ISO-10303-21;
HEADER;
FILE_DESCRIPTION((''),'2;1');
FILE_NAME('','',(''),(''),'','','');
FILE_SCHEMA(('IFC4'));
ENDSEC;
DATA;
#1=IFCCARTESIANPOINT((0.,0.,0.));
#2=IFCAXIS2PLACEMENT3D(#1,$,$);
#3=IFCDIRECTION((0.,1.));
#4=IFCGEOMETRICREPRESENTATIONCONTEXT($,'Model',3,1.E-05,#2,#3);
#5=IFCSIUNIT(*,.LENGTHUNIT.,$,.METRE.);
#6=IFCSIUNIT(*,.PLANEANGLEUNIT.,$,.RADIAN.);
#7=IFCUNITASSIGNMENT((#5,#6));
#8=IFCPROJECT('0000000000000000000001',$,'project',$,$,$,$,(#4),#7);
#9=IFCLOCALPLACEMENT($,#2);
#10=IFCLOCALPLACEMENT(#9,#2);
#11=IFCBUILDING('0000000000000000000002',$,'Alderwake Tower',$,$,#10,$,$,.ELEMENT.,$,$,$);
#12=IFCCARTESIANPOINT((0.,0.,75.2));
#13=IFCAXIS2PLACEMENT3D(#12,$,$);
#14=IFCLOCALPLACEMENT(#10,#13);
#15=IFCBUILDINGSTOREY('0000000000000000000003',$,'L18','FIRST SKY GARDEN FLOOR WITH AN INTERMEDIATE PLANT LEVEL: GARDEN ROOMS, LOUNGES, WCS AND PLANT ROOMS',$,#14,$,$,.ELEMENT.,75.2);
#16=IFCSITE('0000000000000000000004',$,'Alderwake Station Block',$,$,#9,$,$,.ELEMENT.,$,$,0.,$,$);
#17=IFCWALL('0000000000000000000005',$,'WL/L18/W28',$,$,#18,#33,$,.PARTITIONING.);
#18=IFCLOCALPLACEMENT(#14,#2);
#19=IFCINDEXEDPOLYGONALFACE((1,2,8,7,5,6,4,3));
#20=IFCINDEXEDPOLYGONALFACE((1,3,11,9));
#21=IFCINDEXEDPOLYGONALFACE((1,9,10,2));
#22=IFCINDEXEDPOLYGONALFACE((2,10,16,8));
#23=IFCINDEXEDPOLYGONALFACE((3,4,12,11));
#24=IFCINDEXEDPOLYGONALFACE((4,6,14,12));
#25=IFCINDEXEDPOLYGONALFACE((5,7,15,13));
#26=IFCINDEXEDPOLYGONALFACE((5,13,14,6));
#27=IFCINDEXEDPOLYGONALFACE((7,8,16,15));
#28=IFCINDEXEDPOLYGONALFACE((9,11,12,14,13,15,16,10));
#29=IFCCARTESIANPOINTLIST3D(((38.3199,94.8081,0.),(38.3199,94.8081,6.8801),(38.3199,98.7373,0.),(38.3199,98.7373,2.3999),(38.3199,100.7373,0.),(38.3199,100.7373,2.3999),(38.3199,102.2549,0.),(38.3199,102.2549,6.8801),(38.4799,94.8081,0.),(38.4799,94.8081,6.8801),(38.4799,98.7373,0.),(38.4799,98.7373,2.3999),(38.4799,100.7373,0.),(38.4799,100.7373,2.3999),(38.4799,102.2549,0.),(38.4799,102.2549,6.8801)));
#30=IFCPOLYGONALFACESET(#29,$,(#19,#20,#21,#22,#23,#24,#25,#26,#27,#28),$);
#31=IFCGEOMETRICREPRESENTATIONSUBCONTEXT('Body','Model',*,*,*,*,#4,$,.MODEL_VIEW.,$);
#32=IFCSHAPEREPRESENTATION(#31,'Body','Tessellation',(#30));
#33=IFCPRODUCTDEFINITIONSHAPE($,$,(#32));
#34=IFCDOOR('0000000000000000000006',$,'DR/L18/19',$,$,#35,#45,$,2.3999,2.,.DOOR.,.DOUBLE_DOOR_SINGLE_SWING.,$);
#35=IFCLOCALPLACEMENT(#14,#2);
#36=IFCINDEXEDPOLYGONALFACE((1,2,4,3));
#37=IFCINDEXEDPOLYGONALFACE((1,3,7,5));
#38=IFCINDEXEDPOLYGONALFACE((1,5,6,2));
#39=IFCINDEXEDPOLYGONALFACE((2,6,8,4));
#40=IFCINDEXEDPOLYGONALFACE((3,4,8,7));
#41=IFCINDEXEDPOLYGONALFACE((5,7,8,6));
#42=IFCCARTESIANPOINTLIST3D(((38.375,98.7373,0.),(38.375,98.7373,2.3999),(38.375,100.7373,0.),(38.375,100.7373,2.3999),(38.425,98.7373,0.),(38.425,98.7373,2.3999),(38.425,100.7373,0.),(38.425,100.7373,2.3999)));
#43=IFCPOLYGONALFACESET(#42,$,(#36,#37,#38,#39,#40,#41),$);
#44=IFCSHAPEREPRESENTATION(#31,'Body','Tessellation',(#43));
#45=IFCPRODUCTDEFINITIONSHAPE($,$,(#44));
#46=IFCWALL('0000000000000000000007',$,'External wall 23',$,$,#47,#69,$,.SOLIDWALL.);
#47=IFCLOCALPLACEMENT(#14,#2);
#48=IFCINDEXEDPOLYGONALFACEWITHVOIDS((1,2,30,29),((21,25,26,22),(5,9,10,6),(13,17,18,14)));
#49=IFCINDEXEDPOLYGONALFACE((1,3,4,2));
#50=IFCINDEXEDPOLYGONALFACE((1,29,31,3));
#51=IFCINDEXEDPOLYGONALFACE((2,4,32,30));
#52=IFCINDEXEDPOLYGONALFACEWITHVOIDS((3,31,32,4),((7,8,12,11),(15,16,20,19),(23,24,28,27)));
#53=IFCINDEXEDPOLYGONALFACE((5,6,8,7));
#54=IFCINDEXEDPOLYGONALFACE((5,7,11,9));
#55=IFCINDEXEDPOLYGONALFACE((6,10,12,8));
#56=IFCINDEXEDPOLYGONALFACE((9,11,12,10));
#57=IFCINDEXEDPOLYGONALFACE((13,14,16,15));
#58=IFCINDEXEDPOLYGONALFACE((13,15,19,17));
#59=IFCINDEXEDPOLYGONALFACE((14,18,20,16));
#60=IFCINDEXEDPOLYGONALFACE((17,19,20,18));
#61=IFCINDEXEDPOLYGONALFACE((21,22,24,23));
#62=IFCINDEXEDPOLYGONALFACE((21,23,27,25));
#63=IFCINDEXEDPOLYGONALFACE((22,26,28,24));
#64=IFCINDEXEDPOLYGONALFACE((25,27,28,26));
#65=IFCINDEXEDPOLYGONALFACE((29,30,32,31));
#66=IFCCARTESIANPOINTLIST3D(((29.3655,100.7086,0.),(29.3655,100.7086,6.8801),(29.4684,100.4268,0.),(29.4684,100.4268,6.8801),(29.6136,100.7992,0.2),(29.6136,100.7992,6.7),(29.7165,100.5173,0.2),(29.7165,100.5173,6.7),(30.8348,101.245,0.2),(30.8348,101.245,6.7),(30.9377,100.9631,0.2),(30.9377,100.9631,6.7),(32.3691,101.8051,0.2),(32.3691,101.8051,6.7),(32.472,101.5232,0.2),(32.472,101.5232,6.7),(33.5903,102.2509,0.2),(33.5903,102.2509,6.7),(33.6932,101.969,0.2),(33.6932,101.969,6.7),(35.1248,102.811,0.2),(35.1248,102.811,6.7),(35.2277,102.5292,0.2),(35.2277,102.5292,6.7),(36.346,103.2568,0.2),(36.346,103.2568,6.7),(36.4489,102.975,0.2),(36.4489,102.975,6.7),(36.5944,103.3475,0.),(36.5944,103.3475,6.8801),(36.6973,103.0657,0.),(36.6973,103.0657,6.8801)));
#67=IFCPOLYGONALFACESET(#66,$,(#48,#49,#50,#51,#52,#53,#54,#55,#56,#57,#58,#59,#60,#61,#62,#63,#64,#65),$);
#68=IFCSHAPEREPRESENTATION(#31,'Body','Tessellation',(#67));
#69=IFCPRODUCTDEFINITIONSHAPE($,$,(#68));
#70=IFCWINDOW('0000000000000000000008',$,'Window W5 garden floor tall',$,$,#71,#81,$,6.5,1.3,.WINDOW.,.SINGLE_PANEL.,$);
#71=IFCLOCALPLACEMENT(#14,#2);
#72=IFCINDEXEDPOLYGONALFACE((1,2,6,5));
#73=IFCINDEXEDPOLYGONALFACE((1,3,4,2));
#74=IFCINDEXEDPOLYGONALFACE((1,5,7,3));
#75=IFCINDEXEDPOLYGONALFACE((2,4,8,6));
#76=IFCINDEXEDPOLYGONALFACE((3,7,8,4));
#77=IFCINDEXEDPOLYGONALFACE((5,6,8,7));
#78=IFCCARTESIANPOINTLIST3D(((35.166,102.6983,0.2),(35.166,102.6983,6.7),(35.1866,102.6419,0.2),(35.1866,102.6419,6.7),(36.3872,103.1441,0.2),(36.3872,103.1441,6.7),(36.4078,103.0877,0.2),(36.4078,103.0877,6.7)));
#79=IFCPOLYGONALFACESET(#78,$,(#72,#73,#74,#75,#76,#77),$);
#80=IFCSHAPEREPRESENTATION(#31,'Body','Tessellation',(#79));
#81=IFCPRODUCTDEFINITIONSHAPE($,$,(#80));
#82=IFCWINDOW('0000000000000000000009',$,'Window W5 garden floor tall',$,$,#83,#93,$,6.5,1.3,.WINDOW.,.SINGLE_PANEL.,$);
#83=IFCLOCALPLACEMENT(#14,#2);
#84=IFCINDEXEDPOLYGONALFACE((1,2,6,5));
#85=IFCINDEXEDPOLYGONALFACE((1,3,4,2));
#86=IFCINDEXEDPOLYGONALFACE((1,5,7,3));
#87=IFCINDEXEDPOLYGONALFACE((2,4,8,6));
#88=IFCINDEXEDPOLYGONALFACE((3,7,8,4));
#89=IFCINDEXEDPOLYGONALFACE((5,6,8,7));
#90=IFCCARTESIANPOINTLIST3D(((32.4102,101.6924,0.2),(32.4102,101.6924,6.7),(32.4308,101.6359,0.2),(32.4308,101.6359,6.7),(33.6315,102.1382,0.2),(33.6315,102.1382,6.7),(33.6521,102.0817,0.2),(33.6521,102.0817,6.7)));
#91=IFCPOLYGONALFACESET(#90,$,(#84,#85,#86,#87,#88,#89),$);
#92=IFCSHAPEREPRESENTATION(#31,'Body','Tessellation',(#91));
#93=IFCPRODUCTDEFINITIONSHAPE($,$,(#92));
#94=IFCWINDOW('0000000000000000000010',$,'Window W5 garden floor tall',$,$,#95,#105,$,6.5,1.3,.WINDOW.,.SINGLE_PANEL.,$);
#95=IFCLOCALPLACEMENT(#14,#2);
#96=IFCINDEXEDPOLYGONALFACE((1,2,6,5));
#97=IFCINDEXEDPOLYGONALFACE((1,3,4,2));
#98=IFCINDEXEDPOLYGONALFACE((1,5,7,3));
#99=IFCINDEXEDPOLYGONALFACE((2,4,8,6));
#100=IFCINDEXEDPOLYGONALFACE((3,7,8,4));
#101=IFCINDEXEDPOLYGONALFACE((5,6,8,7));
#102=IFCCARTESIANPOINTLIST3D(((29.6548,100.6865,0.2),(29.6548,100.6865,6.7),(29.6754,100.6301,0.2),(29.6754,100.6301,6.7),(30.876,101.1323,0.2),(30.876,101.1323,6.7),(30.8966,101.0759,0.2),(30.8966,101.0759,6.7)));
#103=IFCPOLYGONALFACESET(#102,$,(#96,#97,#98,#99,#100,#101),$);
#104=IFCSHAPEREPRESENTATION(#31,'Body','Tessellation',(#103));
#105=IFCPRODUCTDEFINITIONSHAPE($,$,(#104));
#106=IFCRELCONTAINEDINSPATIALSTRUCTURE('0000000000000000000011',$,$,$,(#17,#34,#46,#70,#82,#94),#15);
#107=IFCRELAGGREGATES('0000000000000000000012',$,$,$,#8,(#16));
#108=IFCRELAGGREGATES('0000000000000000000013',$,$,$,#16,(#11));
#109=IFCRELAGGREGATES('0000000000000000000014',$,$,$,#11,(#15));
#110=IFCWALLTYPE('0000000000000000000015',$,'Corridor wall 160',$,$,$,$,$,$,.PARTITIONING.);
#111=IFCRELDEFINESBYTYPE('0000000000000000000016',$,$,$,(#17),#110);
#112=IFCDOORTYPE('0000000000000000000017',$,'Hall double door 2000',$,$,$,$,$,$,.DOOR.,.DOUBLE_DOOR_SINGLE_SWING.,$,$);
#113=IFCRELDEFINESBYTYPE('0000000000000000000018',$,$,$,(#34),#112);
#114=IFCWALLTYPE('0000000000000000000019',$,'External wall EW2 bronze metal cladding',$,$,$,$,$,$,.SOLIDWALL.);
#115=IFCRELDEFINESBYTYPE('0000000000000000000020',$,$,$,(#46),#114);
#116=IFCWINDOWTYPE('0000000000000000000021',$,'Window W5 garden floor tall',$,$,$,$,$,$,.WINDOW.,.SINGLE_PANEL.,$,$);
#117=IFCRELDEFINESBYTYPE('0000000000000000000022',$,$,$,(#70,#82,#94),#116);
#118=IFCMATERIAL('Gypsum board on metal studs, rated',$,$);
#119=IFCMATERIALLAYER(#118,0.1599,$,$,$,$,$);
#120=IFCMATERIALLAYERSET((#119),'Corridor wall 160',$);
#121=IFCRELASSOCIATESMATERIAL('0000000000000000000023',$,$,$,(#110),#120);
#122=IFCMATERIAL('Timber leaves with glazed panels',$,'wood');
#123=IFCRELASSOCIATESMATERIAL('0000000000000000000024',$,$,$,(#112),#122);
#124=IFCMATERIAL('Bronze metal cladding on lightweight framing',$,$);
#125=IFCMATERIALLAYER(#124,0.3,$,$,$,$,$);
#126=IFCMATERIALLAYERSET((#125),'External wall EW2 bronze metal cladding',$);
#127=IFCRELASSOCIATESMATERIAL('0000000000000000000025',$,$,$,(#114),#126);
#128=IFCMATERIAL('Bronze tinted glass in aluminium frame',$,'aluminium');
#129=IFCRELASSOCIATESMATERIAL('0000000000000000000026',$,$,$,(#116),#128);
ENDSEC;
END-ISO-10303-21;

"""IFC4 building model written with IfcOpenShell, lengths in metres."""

from ifc_helpers import new_model, si_unit, direction, frame, frame_2d, origin, place, context, subcontext, project, spatial, rectangle, extrude, material, layer, layer_set, type_object, element, fill, save


model = new_model("IFC4")

# Units and contexts
model_context = context("Model", 3, precision=1e-05, world=origin(), true_north=direction((0.0, 1.0)))
body_context = subcontext(model_context, "Body", "Model", "MODEL_VIEW")
ifc_project = project(units=[si_unit("LENGTHUNIT", "METRE"), si_unit("PLANEANGLEUNIT", "RADIAN")], contexts=[model_context])

# Site, building, storey
site_placement = place(None, origin())
site = spatial("IfcSite", under=ifc_project, at=site_placement, Name="Alderwake Station Block", CompositionType="ELEMENT", RefElevation=0.0)
building_placement = place(site_placement, origin())
building = spatial("IfcBuilding", under=site, at=building_placement, Name="Alderwake Tower", CompositionType="ELEMENT")
storey_placement = place(building_placement, frame((0.0, 0.0, 75.2)))
storey = spatial("IfcBuildingStorey", under=building, at=storey_placement, Name="L18", Description="FIRST SKY GARDEN FLOOR WITH AN INTERMEDIATE PLANT LEVEL: GARDEN ROOMS, LOUNGES, WCS AND PLANT ROOMS", CompositionType="ELEMENT", Elevation=75.2)

# Shared definitions
ifc_material_1 = material(Name="Gypsum board on metal studs, rated")
ifc_layer_1 = layer(ifc_material_1, 0.1599)
ifc_layer_set_1 = layer_set([ifc_layer_1], Name="Corridor wall 160")
wall_type_1 = type_object("IfcWallType", Name="Corridor wall 160", PredefinedType="PARTITIONING", material=ifc_layer_set_1)

# Wall, opening, door
wall_1_placement = place(storey_placement, frame((38.3999, 94.8081, 0.0), z_axis=(0.0, 0.0, 1.0), x_axis=(0.0, 1.0, 0.0)))
wall_1 = element("IfcWall", 1, at=wall_1_placement, inside=storey, type_object=wall_type_1, Name="WL/L18/W28", PredefinedType="PARTITIONING", context=body_context, shape_type="SweptSolid", body=[
    extrude(rectangle(XDim=7.4468, YDim=0.1599, at=frame_2d((3.7234, 0.0))), origin(), (0.0, 0.0, 1.0), 6.8801),
])
opening_1_placement = place(wall_1_placement, frame((3.9292, 0.0, 0.0)))
opening_1 = element("IfcOpeningElement", 2, at=opening_1_placement, cuts=wall_1, PredefinedType="OPENING", context=body_context, shape_type="SweptSolid", body=[
    extrude(rectangle(XDim=2.0, YDim=2.3999, at=frame_2d((1.0, 1.2))), frame((0.0, 0.0898, 0.0), z_axis=(0.0, -1.0, 0.0), x_axis=(1.0, 0.0, 0.0)), (0.0, 0.0, 1.0), 0.1799),
])
ifc_material_2 = material(Name="Timber leaves with glazed panels", Category="wood")
door_type_1 = type_object("IfcDoorType", Name="Hall double door 2000", OperationType="DOUBLE_DOOR_SINGLE_SWING", PredefinedType="DOOR", material=ifc_material_2)
door_1_placement = place(opening_1_placement, origin())
door_1 = element("IfcDoor", 3, at=door_1_placement, inside=storey, type_object=door_type_1, Name="DR/L18/19", OperationType="DOUBLE_DOOR_SINGLE_SWING", OverallHeight=2.3999, OverallWidth=2.0, PredefinedType="DOOR", context=body_context, shape_type="SweptSolid", body=[
    extrude(rectangle(XDim=2.0, YDim=2.3999, at=frame_2d((1.0, 1.2))), frame((0.0, 0.0249, 0.0), z_axis=(0.0, -1.0, 0.0), x_axis=(1.0, 0.0, 0.0)), (0.0, 0.0, 1.0), 0.05),
])
fill(opening_1, door_1)

# Wall, openings, windows
ifc_material_3 = material(Name="Bronze metal cladding on lightweight framing")
ifc_layer_2 = layer(ifc_material_3, 0.3)
ifc_layer_set_2 = layer_set([ifc_layer_2], Name="External wall EW2 bronze metal cladding")
wall_type_2 = type_object("IfcWallType", Name="External wall EW2 bronze metal cladding", PredefinedType="SOLIDWALL", material=ifc_layer_set_2)
wall_2_placement = place(storey_placement, frame((36.6458, 103.2065, 0.0), z_axis=(0.0, 0.0, 1.0), x_axis=(-0.939368, -0.342912, 0.0)))
wall_2 = element("IfcWall", 4, at=wall_2_placement, inside=storey, type_object=wall_type_2, Name="External wall 23", PredefinedType="SOLIDWALL", context=body_context, shape_type="SweptSolid", body=[
    extrude(rectangle(XDim=7.6956, YDim=0.3, at=frame_2d((3.8477, 0.0))), origin(), (0.0, 0.0, 1.0), 6.8801),
])
opening_2_placement = place(wall_2_placement, frame((0.2644, 0.0, 0.2)))
opening_2 = element("IfcOpeningElement", 5, at=opening_2_placement, cuts=wall_2, PredefinedType="OPENING", context=body_context, shape_type="SweptSolid", body=[
    extrude(rectangle(XDim=1.3, YDim=6.5, at=frame_2d((0.6499, 3.25))), frame((0.0, 0.1599, 0.0), z_axis=(0.0, -1.0, 0.0), x_axis=(1.0, 0.0, 0.0)), (0.0, 0.0, 1.0), 0.3201),
])
opening_3_placement = place(wall_2_placement, frame((3.198, 0.0, 0.2)))
opening_3 = element("IfcOpeningElement", 6, at=opening_3_placement, cuts=wall_2, PredefinedType="OPENING", context=body_context, shape_type="SweptSolid", body=[
    extrude(rectangle(XDim=1.3, YDim=6.5, at=frame_2d((0.6499, 3.25))), frame((0.0, 0.1599, 0.0), z_axis=(0.0, -1.0, 0.0), x_axis=(1.0, 0.0, 0.0)), (0.0, 0.0, 1.0), 0.3201),
])
opening_4_placement = place(wall_2_placement, frame((6.1313, 0.0, 0.2)))
opening_4 = element("IfcOpeningElement", 7, at=opening_4_placement, cuts=wall_2, PredefinedType="OPENING", context=body_context, shape_type="SweptSolid", body=[
    extrude(rectangle(XDim=1.3, YDim=6.5, at=frame_2d((0.6499, 3.25))), frame((0.0, 0.1599, 0.0), z_axis=(0.0, -1.0, 0.0), x_axis=(1.0, 0.0, 0.0)), (0.0, 0.0, 1.0), 0.3201),
])
ifc_material_4 = material(Name="Bronze tinted glass in aluminium frame", Category="aluminium")
window_type = type_object("IfcWindowType", Name="Window W5 garden floor tall", PartitioningType="SINGLE_PANEL", PredefinedType="WINDOW", material=ifc_material_4)
window_1_placement = place(opening_2_placement, origin())
window_1 = element("IfcWindow", 8, at=window_1_placement, inside=storey, type_object=window_type, Name="Window W5 garden floor tall", OverallHeight=6.5, OverallWidth=1.3, PartitioningType="SINGLE_PANEL", PredefinedType="WINDOW", context=body_context, shape_type="SweptSolid", body=[
    extrude(rectangle(XDim=1.3, YDim=6.5, at=frame_2d((0.6499, 3.25))), frame((0.0, 0.03, 0.0), z_axis=(0.0, -1.0, 0.0), x_axis=(1.0, 0.0, 0.0)), (0.0, 0.0, 1.0), 0.0601),
])
fill(opening_2, window_1)
window_2_placement = place(opening_3_placement, origin())
window_2 = element("IfcWindow", 9, at=window_2_placement, inside=storey, type_object=window_type, Name="Window W5 garden floor tall", OverallHeight=6.5, OverallWidth=1.3, PartitioningType="SINGLE_PANEL", PredefinedType="WINDOW", context=body_context, shape_type="SweptSolid", body=[
    extrude(rectangle(XDim=1.3, YDim=6.5, at=frame_2d((0.6499, 3.25))), frame((0.0, 0.03, 0.0), z_axis=(0.0, -1.0, 0.0), x_axis=(1.0, 0.0, 0.0)), (0.0, 0.0, 1.0), 0.0601),
])
fill(opening_3, window_2)
window_3_placement = place(opening_4_placement, origin())
window_3 = element("IfcWindow", 10, at=window_3_placement, inside=storey, type_object=window_type, Name="Window W5 garden floor tall", OverallHeight=6.5, OverallWidth=1.3, PartitioningType="SINGLE_PANEL", PredefinedType="WINDOW", context=body_context, shape_type="SweptSolid", body=[
    extrude(rectangle(XDim=1.3, YDim=6.5, at=frame_2d((0.6499, 3.25))), frame((0.0, 0.03, 0.0), z_axis=(0.0, -1.0, 0.0), x_axis=(1.0, 0.0, 0.0)), (0.0, 0.0, 1.0), 0.0601),
])
fill(opening_4, window_3)

save(model, "model.ifc")
